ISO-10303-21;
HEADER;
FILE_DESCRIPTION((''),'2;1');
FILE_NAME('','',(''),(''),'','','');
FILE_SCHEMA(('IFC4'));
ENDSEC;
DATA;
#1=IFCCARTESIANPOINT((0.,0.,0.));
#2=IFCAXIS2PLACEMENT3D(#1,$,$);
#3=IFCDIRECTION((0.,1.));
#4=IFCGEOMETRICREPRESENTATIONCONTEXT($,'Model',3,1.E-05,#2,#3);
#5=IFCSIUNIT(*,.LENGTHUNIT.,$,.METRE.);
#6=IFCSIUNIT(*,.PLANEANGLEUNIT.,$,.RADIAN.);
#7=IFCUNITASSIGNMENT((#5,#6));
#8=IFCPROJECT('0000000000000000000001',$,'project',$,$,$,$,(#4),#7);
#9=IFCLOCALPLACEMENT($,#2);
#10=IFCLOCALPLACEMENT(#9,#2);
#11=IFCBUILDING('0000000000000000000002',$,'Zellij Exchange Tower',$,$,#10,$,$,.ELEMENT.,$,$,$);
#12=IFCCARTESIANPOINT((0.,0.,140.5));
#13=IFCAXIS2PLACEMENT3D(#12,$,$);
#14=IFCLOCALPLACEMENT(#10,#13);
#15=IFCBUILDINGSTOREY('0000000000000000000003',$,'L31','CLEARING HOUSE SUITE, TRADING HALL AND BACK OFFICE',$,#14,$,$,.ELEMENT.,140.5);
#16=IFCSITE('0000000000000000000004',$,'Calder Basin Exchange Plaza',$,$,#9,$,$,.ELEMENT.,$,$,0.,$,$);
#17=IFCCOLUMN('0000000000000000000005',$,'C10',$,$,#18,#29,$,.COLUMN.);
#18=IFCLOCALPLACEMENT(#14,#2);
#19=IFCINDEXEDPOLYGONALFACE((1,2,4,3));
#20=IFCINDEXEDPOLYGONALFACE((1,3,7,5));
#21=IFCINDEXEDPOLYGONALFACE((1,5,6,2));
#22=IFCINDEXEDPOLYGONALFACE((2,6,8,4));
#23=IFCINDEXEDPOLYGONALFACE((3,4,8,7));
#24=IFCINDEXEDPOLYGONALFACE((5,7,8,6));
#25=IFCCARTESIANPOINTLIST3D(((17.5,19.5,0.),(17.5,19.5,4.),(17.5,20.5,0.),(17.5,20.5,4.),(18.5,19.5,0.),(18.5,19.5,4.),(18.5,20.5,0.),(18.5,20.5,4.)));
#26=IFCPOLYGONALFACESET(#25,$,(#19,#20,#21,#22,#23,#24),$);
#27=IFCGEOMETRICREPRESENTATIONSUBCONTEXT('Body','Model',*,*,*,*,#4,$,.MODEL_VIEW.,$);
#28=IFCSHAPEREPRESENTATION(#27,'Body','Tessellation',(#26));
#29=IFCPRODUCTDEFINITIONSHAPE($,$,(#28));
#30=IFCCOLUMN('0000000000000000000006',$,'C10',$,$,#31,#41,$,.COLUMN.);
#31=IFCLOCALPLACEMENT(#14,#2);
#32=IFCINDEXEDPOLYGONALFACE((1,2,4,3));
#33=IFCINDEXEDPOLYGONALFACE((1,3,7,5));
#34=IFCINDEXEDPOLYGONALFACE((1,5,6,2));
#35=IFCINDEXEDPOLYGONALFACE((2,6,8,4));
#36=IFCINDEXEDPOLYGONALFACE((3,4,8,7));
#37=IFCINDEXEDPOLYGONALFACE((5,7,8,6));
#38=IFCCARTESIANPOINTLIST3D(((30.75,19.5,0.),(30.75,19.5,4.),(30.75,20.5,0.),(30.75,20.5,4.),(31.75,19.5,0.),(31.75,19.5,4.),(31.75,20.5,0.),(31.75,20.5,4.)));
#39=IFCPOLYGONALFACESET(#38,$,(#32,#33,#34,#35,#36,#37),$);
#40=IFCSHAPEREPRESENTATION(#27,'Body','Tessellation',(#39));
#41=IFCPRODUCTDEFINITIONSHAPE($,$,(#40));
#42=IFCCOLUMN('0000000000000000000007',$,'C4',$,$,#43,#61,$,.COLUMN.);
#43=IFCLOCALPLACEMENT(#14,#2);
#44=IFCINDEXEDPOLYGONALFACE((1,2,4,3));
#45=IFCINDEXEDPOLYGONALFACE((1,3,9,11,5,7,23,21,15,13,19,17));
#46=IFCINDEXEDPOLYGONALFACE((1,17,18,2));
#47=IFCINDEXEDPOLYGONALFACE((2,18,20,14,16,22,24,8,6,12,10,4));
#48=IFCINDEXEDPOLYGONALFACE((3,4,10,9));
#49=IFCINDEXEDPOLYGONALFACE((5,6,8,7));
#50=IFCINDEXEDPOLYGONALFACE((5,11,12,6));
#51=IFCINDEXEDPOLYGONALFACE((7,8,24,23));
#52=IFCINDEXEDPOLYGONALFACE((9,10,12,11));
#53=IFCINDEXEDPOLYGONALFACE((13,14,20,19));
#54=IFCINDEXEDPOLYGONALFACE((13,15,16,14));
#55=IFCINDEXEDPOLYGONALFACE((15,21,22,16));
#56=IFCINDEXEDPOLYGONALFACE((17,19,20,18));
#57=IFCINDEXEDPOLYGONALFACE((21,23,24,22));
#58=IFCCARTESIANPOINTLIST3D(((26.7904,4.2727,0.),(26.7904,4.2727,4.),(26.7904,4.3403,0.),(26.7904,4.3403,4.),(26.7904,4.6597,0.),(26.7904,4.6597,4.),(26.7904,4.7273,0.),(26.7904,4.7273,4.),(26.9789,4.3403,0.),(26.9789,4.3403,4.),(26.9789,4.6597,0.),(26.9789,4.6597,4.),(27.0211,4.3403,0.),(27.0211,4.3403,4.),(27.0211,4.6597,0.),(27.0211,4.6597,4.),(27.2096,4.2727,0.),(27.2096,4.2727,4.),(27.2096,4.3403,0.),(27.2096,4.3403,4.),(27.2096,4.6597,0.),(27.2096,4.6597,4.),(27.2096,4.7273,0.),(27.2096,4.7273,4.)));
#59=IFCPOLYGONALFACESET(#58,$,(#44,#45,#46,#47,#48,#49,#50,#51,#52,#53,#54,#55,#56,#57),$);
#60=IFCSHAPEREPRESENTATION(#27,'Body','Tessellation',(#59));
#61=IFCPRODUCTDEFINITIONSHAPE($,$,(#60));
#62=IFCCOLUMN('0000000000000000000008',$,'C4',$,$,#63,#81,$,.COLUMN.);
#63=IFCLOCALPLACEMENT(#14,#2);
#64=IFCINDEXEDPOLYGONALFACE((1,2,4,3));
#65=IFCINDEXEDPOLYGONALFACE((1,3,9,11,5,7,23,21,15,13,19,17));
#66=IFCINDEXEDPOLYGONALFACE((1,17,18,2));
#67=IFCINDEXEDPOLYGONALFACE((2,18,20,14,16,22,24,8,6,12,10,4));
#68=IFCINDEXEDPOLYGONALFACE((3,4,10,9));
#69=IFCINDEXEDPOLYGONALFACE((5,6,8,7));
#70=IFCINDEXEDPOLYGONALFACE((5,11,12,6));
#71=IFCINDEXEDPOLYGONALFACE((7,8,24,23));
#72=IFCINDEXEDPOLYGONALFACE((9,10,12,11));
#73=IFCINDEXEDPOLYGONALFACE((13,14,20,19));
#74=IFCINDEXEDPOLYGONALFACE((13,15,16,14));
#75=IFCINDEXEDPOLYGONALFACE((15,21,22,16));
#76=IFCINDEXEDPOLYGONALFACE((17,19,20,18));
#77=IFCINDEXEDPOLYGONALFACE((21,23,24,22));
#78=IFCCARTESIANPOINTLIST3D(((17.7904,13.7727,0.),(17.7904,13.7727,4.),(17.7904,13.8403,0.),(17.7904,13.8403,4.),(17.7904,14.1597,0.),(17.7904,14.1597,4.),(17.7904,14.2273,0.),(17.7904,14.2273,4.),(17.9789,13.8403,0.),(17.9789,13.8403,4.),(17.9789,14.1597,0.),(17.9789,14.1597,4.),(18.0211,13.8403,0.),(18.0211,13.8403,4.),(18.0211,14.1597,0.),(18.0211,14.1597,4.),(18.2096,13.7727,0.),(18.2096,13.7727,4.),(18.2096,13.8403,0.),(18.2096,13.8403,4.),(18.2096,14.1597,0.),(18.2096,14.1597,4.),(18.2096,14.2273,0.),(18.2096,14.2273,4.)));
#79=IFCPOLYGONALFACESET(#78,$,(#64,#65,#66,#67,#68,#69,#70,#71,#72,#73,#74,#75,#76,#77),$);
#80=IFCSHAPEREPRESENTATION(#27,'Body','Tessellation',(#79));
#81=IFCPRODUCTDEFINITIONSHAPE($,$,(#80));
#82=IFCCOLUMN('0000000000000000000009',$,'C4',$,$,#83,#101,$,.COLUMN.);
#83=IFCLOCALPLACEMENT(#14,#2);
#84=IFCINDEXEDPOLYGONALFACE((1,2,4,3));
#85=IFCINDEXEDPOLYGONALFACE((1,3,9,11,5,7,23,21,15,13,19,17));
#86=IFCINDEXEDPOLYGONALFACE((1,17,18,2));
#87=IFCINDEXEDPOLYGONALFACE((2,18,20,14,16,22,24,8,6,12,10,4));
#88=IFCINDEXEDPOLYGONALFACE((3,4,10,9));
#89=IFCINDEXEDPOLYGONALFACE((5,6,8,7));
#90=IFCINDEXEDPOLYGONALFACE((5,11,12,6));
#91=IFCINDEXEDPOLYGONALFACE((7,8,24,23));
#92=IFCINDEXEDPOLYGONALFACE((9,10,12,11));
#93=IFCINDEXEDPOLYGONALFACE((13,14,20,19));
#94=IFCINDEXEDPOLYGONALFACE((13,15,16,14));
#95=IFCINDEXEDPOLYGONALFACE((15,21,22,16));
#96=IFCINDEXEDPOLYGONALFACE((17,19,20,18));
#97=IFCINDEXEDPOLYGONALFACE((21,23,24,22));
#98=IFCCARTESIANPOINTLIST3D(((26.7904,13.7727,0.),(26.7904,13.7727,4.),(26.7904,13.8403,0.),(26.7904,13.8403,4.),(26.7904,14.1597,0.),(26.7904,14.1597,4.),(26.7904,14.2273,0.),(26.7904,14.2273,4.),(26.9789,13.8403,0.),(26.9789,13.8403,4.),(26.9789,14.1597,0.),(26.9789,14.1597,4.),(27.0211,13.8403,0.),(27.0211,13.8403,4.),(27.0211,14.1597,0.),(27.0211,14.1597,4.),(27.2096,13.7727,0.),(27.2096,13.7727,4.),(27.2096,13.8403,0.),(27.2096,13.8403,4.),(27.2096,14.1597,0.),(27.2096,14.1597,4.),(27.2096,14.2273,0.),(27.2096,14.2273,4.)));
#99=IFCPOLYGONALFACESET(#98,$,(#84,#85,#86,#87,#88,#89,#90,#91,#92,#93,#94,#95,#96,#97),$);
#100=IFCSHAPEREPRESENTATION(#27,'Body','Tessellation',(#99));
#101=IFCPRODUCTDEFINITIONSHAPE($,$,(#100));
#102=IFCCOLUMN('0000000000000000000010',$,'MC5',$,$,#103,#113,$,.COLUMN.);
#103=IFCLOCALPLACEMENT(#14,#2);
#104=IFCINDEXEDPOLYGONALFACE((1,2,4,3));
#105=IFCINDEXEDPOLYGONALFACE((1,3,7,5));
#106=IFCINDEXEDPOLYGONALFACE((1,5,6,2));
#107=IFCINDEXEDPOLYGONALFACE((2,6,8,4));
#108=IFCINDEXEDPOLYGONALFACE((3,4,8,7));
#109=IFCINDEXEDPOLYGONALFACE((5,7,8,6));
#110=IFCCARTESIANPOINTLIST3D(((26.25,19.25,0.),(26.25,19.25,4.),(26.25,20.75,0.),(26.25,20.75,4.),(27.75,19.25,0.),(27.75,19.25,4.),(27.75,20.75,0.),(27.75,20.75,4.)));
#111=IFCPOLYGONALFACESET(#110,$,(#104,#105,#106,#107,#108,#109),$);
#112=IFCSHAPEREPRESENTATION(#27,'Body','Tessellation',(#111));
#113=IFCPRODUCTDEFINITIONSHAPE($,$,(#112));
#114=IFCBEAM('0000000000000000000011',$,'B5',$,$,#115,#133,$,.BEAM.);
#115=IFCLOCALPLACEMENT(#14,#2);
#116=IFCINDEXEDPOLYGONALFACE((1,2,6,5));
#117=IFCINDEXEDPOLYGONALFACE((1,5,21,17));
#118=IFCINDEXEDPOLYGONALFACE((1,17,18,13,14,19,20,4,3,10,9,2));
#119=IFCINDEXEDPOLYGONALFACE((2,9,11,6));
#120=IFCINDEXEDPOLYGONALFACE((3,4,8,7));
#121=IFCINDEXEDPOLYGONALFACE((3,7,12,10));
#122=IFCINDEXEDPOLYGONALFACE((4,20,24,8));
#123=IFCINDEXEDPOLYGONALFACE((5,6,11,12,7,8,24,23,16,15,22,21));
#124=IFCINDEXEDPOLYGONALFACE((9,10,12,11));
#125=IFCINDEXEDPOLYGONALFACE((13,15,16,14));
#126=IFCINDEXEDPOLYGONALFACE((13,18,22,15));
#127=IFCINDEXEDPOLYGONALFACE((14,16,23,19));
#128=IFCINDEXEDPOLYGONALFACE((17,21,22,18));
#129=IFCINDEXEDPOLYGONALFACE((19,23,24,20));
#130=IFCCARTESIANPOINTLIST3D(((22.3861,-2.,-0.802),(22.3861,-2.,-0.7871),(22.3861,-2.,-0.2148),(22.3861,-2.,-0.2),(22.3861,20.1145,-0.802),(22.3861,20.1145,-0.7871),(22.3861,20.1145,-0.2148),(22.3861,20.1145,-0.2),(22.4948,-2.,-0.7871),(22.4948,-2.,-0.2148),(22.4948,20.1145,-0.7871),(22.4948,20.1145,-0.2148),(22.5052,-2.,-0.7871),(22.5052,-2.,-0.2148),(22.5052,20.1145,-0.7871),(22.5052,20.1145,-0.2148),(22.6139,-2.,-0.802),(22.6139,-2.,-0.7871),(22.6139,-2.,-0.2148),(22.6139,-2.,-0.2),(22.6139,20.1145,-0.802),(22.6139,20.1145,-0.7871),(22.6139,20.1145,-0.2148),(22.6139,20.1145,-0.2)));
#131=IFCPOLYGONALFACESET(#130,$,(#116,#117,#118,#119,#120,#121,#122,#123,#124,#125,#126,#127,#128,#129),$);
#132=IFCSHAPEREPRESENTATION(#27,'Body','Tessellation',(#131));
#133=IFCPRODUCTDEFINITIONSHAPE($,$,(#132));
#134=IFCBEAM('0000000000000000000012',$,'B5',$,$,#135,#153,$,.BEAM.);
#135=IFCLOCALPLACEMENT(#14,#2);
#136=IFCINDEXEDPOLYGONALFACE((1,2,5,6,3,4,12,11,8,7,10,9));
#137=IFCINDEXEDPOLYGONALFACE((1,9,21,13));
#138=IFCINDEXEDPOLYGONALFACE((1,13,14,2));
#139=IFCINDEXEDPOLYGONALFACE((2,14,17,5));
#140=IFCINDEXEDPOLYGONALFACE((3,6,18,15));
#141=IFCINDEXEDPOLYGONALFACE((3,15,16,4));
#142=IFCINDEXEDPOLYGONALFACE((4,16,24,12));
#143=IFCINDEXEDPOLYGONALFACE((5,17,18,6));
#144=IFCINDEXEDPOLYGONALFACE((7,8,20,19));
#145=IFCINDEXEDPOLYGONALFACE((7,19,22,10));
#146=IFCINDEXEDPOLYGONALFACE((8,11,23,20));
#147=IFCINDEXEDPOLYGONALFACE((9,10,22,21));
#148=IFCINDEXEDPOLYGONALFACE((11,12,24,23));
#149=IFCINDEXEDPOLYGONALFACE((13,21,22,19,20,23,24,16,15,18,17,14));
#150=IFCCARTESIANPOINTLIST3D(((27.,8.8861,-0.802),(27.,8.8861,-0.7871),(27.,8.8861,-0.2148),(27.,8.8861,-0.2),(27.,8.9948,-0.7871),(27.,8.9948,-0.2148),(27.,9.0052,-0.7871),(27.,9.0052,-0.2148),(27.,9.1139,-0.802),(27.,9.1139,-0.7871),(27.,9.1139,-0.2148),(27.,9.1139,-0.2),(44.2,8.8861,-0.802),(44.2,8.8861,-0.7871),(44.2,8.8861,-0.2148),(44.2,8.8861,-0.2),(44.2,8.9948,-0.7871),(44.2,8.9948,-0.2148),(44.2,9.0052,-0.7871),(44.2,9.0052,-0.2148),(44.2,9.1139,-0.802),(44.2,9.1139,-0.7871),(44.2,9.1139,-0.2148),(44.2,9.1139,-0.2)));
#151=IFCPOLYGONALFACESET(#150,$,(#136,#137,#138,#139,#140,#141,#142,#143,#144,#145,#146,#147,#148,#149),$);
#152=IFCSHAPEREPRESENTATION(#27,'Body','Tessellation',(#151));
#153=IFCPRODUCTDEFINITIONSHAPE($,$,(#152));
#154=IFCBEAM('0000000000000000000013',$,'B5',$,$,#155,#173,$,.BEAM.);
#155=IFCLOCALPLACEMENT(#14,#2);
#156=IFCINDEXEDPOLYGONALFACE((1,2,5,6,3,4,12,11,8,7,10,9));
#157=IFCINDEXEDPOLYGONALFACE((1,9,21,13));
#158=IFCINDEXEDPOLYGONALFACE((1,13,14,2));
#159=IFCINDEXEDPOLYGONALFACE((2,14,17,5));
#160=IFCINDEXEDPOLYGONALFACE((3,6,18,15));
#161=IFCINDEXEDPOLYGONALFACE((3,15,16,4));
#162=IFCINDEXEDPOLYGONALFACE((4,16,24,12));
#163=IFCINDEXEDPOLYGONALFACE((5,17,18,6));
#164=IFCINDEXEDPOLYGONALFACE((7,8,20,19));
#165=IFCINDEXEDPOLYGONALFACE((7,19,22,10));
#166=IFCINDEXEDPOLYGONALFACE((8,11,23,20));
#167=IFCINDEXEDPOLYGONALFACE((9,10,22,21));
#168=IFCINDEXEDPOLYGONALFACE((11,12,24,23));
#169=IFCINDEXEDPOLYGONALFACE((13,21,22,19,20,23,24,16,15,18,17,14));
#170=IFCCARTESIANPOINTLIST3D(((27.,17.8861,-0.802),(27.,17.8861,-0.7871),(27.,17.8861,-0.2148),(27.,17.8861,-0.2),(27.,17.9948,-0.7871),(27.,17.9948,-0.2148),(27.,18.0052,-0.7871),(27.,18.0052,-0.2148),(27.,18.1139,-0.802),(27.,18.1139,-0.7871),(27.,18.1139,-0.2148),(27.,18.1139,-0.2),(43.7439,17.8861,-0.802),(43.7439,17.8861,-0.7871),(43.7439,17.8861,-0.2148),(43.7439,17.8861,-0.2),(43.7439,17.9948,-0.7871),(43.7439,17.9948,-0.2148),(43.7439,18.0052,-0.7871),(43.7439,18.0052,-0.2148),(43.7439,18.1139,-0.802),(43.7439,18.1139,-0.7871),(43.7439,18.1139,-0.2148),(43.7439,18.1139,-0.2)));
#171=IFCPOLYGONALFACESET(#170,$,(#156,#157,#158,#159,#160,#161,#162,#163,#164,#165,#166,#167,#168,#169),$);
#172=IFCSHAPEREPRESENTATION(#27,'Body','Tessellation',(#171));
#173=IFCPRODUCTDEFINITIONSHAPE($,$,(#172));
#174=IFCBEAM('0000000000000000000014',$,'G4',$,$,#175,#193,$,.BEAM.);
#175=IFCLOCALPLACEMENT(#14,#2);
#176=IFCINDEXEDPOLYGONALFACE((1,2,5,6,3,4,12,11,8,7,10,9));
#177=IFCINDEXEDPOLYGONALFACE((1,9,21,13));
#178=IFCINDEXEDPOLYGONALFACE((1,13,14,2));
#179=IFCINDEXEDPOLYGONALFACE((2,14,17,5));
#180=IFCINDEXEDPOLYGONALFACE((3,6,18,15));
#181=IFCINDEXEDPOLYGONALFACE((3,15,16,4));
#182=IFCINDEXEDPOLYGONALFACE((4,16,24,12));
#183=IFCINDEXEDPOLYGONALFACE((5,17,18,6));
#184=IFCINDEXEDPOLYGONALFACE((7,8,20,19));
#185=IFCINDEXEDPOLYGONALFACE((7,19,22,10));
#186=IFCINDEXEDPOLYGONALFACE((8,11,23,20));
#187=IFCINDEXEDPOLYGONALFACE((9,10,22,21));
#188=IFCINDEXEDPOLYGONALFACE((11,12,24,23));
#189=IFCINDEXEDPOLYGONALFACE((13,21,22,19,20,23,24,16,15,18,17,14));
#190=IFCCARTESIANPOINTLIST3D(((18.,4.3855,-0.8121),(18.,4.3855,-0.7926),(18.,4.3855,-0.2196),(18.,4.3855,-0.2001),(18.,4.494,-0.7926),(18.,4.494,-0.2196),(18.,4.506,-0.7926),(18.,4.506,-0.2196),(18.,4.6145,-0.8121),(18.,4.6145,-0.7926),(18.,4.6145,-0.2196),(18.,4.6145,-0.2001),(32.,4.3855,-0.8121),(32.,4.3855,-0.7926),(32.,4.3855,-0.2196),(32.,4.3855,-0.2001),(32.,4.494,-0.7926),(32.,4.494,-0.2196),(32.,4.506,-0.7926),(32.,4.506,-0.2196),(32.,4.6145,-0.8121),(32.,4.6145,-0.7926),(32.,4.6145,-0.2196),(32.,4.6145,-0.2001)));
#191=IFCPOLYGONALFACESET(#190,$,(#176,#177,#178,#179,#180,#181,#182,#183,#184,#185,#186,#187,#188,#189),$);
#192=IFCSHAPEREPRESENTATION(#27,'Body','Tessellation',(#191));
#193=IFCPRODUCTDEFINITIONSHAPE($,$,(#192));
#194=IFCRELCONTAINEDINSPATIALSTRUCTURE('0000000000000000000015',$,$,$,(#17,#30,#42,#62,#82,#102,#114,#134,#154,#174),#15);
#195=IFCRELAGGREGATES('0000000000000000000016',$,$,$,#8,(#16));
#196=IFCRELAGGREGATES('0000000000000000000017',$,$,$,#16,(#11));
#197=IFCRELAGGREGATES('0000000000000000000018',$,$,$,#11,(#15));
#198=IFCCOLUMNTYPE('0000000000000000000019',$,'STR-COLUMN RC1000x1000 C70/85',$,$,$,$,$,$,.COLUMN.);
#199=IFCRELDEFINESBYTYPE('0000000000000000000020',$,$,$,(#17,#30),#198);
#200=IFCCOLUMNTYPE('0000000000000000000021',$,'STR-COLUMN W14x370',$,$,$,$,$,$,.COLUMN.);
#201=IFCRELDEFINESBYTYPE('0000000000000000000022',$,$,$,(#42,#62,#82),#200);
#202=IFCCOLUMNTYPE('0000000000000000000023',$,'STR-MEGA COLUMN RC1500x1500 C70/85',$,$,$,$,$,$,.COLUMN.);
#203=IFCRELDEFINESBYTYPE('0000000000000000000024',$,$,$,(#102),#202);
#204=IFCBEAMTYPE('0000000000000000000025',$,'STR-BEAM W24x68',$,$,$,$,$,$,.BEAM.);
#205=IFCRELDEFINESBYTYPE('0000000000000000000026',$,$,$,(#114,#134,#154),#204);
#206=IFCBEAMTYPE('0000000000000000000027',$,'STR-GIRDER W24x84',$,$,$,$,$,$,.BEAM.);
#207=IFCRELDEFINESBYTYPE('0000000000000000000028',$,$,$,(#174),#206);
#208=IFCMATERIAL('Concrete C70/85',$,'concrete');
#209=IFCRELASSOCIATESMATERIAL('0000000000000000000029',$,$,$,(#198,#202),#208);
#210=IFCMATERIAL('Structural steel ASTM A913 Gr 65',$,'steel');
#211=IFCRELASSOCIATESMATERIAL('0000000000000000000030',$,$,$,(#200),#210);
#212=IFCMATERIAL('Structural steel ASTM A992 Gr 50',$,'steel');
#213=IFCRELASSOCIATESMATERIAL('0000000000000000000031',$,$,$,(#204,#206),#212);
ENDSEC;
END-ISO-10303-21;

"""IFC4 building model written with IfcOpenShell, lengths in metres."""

from ifc_helpers import new_model, si_unit, direction, frame, origin, origin_2d, place, context, subcontext, project, spatial, rectangle, i_section, extrude, material, material_profile, profile_set, type_object, element, save


model = new_model("IFC4")

# Units and contexts
model_context = context("Model", 3, precision=1e-05, world=origin(), true_north=direction((0.0, 1.0)))
body_context = subcontext(model_context, "Body", "Model", "MODEL_VIEW")
ifc_project = project(units=[si_unit("LENGTHUNIT", "METRE"), si_unit("PLANEANGLEUNIT", "RADIAN")], contexts=[model_context])

# Site, building, storey
site_placement = place(None, origin())
site = spatial("IfcSite", under=ifc_project, at=site_placement, Name="Calder Basin Exchange Plaza", CompositionType="ELEMENT", RefElevation=0.0)
building_placement = place(site_placement, origin())
building = spatial("IfcBuilding", under=site, at=building_placement, Name="Zellij Exchange Tower", CompositionType="ELEMENT")
storey_placement = place(building_placement, frame((0.0, 0.0, 140.5)))
storey = spatial("IfcBuildingStorey", under=building, at=storey_placement, Name="L31", Description="CLEARING HOUSE SUITE, TRADING HALL AND BACK OFFICE", CompositionType="ELEMENT", Elevation=140.5)

# Columns
ifc_material_1 = material(Name="Concrete C70/85", Category="concrete")
ifc_material_profile_1 = material_profile(ifc_material_1, rectangle(XDim=1.0, YDim=1.0, at=origin_2d()), Name="STR-COLUMN RC1000x1000 C70/85")
ifc_profile_set_1 = profile_set([ifc_material_profile_1], Name="Concrete C70/85")
column_type_1 = type_object("IfcColumnType", Name="STR-COLUMN RC1000x1000 C70/85", PredefinedType="COLUMN", material=ifc_profile_set_1)
for number, where, z_axis, x_axis, name in (
    (1, (18.0, 20.0, 0.0), (0.0, 0.0, 1.0), (1.0, 0.0, 0.0), "C10"),
    (2, (31.25, 20.0, 0.0), (0.0, 0.0, 1.0), (1.0, 0.0, 0.0), "C10"),
):
    element("IfcColumn", number, at=place(storey_placement, frame(where, z_axis=z_axis, x_axis=x_axis)), inside=storey, type_object=column_type_1, Name=name, PredefinedType="COLUMN", context=body_context, shape_type="SweptSolid", body=[
        extrude(rectangle(XDim=1.0, YDim=1.0, at=origin_2d()), origin(), (0.0, 0.0, 1.0), 4.0),
    ])
ifc_material_2 = material(Name="Structural steel ASTM A913 Gr 65", Category="steel")
ifc_material_profile_2 = material_profile(ifc_material_2, i_section(OverallWidth=0.4192, OverallDepth=0.4546, WebThickness=0.0422, FlangeThickness=0.0676, at=origin_2d()), Name="W14x370")
ifc_profile_set_2 = profile_set([ifc_material_profile_2], Name="Structural steel ASTM A913 Gr 65")
column_type_2 = type_object("IfcColumnType", Name="STR-COLUMN W14x370", PredefinedType="COLUMN", material=ifc_profile_set_2)
for number, where, z_axis, x_axis, name in (
    (3, (27.0, 4.5, 0.0), (0.0, 0.0, 1.0), (1.0, 0.0, 0.0), "C4"),
    (4, (18.0, 14.0, 0.0), (0.0, 0.0, 1.0), (1.0, 0.0, 0.0), "C4"),
    (5, (27.0, 14.0, 0.0), (0.0, 0.0, 1.0), (1.0, 0.0, 0.0), "C4"),
):
    element("IfcColumn", number, at=place(storey_placement, frame(where, z_axis=z_axis, x_axis=x_axis)), inside=storey, type_object=column_type_2, Name=name, PredefinedType="COLUMN", context=body_context, shape_type="SweptSolid", body=[
        extrude(i_section(OverallWidth=0.4192, OverallDepth=0.4546, WebThickness=0.0422, FlangeThickness=0.0676, at=origin_2d()), origin(), (0.0, 0.0, 1.0), 4.0),
    ])
ifc_material_profile_3 = material_profile(ifc_material_1, rectangle(XDim=1.5, YDim=1.5, at=origin_2d()), Name="STR-MEGA COLUMN RC1500x1500 C70/85")
ifc_profile_set_3 = profile_set([ifc_material_profile_3], Name="Concrete C70/85")
column_type_3 = type_object("IfcColumnType", Name="STR-MEGA COLUMN RC1500x1500 C70/85", PredefinedType="COLUMN", material=ifc_profile_set_3)
column_placement = place(storey_placement, frame((27.0, 20.0, 0.0), z_axis=(0.0, 0.0, 1.0), x_axis=(1.0, 0.0, 0.0)))
element("IfcColumn", 6, at=column_placement, inside=storey, type_object=column_type_3, Name="MC5", PredefinedType="COLUMN", context=body_context, shape_type="SweptSolid", body=[
    extrude(rectangle(XDim=1.5, YDim=1.5, at=origin_2d()), origin(), (0.0, 0.0, 1.0), 4.0),
])

# Beams
ifc_material_3 = material(Name="Structural steel ASTM A992 Gr 50", Category="steel")
ifc_material_profile_4 = material_profile(ifc_material_3, i_section(OverallWidth=0.2278, OverallDepth=0.6021, WebThickness=0.0105, FlangeThickness=0.0149, at=origin_2d()), Name="W24x68")
ifc_profile_set_4 = profile_set([ifc_material_profile_4], Name="Structural steel ASTM A992 Gr 50")
beam_type_1 = type_object("IfcBeamType", Name="STR-BEAM W24x68", PredefinedType="BEAM", material=ifc_profile_set_4)
beam_1_placement = place(storey_placement, frame((22.5, -2.0, -0.501), z_axis=(0.0, 1.0, 0.0), x_axis=(-1.0, 0.0, 0.0)))
element("IfcBeam", 7, at=beam_1_placement, inside=storey, type_object=beam_type_1, Name="B5", PredefinedType="BEAM", context=body_context, shape_type="SweptSolid", body=[
    extrude(i_section(OverallWidth=0.2278, OverallDepth=0.6021, WebThickness=0.0105, FlangeThickness=0.0149, at=origin_2d()), origin(), (0.0, 0.0, 1.0), 22.1145),
])
beam_2_placement = place(storey_placement, frame((27.0, 9.0, -0.501), z_axis=(1.0, 0.0, 0.0), x_axis=(0.0, 1.0, 0.0)))
element("IfcBeam", 8, at=beam_2_placement, inside=storey, type_object=beam_type_1, Name="B5", PredefinedType="BEAM", context=body_context, shape_type="SweptSolid", body=[
    extrude(i_section(OverallWidth=0.2278, OverallDepth=0.6021, WebThickness=0.0105, FlangeThickness=0.0149, at=origin_2d()), origin(), (0.0, 0.0, 1.0), 17.2),
])
beam_3_placement = place(storey_placement, frame((27.0, 18.0, -0.501), z_axis=(1.0, 0.0, 0.0), x_axis=(0.0, 1.0, 0.0)))
element("IfcBeam", 9, at=beam_3_placement, inside=storey, type_object=beam_type_1, Name="B5", PredefinedType="BEAM", context=body_context, shape_type="SweptSolid", body=[
    extrude(i_section(OverallWidth=0.2278, OverallDepth=0.6021, WebThickness=0.0105, FlangeThickness=0.0149, at=origin_2d()), origin(), (0.0, 0.0, 1.0), 16.7439),
])
ifc_material_profile_5 = material_profile(ifc_material_3, i_section(OverallWidth=0.229, OverallDepth=0.6121, WebThickness=0.012, FlangeThickness=0.0195, at=origin_2d()), Name="W24x84")
ifc_profile_set_5 = profile_set([ifc_material_profile_5], Name="Structural steel ASTM A992 Gr 50")
beam_type_2 = type_object("IfcBeamType", Name="STR-GIRDER W24x84", PredefinedType="BEAM", material=ifc_profile_set_5)
beam_4_placement = place(storey_placement, frame((18.0, 4.5, -0.5061), z_axis=(1.0, 0.0, 0.0), x_axis=(0.0, 1.0, 0.0)))
element("IfcBeam", 10, at=beam_4_placement, inside=storey, type_object=beam_type_2, Name="G4", PredefinedType="BEAM", context=body_context, shape_type="SweptSolid", body=[
    extrude(i_section(OverallWidth=0.229, OverallDepth=0.6121, WebThickness=0.012, FlangeThickness=0.0195, at=origin_2d()), origin(), (0.0, 0.0, 1.0), 14.0),
])

save(model, "model.ifc")
